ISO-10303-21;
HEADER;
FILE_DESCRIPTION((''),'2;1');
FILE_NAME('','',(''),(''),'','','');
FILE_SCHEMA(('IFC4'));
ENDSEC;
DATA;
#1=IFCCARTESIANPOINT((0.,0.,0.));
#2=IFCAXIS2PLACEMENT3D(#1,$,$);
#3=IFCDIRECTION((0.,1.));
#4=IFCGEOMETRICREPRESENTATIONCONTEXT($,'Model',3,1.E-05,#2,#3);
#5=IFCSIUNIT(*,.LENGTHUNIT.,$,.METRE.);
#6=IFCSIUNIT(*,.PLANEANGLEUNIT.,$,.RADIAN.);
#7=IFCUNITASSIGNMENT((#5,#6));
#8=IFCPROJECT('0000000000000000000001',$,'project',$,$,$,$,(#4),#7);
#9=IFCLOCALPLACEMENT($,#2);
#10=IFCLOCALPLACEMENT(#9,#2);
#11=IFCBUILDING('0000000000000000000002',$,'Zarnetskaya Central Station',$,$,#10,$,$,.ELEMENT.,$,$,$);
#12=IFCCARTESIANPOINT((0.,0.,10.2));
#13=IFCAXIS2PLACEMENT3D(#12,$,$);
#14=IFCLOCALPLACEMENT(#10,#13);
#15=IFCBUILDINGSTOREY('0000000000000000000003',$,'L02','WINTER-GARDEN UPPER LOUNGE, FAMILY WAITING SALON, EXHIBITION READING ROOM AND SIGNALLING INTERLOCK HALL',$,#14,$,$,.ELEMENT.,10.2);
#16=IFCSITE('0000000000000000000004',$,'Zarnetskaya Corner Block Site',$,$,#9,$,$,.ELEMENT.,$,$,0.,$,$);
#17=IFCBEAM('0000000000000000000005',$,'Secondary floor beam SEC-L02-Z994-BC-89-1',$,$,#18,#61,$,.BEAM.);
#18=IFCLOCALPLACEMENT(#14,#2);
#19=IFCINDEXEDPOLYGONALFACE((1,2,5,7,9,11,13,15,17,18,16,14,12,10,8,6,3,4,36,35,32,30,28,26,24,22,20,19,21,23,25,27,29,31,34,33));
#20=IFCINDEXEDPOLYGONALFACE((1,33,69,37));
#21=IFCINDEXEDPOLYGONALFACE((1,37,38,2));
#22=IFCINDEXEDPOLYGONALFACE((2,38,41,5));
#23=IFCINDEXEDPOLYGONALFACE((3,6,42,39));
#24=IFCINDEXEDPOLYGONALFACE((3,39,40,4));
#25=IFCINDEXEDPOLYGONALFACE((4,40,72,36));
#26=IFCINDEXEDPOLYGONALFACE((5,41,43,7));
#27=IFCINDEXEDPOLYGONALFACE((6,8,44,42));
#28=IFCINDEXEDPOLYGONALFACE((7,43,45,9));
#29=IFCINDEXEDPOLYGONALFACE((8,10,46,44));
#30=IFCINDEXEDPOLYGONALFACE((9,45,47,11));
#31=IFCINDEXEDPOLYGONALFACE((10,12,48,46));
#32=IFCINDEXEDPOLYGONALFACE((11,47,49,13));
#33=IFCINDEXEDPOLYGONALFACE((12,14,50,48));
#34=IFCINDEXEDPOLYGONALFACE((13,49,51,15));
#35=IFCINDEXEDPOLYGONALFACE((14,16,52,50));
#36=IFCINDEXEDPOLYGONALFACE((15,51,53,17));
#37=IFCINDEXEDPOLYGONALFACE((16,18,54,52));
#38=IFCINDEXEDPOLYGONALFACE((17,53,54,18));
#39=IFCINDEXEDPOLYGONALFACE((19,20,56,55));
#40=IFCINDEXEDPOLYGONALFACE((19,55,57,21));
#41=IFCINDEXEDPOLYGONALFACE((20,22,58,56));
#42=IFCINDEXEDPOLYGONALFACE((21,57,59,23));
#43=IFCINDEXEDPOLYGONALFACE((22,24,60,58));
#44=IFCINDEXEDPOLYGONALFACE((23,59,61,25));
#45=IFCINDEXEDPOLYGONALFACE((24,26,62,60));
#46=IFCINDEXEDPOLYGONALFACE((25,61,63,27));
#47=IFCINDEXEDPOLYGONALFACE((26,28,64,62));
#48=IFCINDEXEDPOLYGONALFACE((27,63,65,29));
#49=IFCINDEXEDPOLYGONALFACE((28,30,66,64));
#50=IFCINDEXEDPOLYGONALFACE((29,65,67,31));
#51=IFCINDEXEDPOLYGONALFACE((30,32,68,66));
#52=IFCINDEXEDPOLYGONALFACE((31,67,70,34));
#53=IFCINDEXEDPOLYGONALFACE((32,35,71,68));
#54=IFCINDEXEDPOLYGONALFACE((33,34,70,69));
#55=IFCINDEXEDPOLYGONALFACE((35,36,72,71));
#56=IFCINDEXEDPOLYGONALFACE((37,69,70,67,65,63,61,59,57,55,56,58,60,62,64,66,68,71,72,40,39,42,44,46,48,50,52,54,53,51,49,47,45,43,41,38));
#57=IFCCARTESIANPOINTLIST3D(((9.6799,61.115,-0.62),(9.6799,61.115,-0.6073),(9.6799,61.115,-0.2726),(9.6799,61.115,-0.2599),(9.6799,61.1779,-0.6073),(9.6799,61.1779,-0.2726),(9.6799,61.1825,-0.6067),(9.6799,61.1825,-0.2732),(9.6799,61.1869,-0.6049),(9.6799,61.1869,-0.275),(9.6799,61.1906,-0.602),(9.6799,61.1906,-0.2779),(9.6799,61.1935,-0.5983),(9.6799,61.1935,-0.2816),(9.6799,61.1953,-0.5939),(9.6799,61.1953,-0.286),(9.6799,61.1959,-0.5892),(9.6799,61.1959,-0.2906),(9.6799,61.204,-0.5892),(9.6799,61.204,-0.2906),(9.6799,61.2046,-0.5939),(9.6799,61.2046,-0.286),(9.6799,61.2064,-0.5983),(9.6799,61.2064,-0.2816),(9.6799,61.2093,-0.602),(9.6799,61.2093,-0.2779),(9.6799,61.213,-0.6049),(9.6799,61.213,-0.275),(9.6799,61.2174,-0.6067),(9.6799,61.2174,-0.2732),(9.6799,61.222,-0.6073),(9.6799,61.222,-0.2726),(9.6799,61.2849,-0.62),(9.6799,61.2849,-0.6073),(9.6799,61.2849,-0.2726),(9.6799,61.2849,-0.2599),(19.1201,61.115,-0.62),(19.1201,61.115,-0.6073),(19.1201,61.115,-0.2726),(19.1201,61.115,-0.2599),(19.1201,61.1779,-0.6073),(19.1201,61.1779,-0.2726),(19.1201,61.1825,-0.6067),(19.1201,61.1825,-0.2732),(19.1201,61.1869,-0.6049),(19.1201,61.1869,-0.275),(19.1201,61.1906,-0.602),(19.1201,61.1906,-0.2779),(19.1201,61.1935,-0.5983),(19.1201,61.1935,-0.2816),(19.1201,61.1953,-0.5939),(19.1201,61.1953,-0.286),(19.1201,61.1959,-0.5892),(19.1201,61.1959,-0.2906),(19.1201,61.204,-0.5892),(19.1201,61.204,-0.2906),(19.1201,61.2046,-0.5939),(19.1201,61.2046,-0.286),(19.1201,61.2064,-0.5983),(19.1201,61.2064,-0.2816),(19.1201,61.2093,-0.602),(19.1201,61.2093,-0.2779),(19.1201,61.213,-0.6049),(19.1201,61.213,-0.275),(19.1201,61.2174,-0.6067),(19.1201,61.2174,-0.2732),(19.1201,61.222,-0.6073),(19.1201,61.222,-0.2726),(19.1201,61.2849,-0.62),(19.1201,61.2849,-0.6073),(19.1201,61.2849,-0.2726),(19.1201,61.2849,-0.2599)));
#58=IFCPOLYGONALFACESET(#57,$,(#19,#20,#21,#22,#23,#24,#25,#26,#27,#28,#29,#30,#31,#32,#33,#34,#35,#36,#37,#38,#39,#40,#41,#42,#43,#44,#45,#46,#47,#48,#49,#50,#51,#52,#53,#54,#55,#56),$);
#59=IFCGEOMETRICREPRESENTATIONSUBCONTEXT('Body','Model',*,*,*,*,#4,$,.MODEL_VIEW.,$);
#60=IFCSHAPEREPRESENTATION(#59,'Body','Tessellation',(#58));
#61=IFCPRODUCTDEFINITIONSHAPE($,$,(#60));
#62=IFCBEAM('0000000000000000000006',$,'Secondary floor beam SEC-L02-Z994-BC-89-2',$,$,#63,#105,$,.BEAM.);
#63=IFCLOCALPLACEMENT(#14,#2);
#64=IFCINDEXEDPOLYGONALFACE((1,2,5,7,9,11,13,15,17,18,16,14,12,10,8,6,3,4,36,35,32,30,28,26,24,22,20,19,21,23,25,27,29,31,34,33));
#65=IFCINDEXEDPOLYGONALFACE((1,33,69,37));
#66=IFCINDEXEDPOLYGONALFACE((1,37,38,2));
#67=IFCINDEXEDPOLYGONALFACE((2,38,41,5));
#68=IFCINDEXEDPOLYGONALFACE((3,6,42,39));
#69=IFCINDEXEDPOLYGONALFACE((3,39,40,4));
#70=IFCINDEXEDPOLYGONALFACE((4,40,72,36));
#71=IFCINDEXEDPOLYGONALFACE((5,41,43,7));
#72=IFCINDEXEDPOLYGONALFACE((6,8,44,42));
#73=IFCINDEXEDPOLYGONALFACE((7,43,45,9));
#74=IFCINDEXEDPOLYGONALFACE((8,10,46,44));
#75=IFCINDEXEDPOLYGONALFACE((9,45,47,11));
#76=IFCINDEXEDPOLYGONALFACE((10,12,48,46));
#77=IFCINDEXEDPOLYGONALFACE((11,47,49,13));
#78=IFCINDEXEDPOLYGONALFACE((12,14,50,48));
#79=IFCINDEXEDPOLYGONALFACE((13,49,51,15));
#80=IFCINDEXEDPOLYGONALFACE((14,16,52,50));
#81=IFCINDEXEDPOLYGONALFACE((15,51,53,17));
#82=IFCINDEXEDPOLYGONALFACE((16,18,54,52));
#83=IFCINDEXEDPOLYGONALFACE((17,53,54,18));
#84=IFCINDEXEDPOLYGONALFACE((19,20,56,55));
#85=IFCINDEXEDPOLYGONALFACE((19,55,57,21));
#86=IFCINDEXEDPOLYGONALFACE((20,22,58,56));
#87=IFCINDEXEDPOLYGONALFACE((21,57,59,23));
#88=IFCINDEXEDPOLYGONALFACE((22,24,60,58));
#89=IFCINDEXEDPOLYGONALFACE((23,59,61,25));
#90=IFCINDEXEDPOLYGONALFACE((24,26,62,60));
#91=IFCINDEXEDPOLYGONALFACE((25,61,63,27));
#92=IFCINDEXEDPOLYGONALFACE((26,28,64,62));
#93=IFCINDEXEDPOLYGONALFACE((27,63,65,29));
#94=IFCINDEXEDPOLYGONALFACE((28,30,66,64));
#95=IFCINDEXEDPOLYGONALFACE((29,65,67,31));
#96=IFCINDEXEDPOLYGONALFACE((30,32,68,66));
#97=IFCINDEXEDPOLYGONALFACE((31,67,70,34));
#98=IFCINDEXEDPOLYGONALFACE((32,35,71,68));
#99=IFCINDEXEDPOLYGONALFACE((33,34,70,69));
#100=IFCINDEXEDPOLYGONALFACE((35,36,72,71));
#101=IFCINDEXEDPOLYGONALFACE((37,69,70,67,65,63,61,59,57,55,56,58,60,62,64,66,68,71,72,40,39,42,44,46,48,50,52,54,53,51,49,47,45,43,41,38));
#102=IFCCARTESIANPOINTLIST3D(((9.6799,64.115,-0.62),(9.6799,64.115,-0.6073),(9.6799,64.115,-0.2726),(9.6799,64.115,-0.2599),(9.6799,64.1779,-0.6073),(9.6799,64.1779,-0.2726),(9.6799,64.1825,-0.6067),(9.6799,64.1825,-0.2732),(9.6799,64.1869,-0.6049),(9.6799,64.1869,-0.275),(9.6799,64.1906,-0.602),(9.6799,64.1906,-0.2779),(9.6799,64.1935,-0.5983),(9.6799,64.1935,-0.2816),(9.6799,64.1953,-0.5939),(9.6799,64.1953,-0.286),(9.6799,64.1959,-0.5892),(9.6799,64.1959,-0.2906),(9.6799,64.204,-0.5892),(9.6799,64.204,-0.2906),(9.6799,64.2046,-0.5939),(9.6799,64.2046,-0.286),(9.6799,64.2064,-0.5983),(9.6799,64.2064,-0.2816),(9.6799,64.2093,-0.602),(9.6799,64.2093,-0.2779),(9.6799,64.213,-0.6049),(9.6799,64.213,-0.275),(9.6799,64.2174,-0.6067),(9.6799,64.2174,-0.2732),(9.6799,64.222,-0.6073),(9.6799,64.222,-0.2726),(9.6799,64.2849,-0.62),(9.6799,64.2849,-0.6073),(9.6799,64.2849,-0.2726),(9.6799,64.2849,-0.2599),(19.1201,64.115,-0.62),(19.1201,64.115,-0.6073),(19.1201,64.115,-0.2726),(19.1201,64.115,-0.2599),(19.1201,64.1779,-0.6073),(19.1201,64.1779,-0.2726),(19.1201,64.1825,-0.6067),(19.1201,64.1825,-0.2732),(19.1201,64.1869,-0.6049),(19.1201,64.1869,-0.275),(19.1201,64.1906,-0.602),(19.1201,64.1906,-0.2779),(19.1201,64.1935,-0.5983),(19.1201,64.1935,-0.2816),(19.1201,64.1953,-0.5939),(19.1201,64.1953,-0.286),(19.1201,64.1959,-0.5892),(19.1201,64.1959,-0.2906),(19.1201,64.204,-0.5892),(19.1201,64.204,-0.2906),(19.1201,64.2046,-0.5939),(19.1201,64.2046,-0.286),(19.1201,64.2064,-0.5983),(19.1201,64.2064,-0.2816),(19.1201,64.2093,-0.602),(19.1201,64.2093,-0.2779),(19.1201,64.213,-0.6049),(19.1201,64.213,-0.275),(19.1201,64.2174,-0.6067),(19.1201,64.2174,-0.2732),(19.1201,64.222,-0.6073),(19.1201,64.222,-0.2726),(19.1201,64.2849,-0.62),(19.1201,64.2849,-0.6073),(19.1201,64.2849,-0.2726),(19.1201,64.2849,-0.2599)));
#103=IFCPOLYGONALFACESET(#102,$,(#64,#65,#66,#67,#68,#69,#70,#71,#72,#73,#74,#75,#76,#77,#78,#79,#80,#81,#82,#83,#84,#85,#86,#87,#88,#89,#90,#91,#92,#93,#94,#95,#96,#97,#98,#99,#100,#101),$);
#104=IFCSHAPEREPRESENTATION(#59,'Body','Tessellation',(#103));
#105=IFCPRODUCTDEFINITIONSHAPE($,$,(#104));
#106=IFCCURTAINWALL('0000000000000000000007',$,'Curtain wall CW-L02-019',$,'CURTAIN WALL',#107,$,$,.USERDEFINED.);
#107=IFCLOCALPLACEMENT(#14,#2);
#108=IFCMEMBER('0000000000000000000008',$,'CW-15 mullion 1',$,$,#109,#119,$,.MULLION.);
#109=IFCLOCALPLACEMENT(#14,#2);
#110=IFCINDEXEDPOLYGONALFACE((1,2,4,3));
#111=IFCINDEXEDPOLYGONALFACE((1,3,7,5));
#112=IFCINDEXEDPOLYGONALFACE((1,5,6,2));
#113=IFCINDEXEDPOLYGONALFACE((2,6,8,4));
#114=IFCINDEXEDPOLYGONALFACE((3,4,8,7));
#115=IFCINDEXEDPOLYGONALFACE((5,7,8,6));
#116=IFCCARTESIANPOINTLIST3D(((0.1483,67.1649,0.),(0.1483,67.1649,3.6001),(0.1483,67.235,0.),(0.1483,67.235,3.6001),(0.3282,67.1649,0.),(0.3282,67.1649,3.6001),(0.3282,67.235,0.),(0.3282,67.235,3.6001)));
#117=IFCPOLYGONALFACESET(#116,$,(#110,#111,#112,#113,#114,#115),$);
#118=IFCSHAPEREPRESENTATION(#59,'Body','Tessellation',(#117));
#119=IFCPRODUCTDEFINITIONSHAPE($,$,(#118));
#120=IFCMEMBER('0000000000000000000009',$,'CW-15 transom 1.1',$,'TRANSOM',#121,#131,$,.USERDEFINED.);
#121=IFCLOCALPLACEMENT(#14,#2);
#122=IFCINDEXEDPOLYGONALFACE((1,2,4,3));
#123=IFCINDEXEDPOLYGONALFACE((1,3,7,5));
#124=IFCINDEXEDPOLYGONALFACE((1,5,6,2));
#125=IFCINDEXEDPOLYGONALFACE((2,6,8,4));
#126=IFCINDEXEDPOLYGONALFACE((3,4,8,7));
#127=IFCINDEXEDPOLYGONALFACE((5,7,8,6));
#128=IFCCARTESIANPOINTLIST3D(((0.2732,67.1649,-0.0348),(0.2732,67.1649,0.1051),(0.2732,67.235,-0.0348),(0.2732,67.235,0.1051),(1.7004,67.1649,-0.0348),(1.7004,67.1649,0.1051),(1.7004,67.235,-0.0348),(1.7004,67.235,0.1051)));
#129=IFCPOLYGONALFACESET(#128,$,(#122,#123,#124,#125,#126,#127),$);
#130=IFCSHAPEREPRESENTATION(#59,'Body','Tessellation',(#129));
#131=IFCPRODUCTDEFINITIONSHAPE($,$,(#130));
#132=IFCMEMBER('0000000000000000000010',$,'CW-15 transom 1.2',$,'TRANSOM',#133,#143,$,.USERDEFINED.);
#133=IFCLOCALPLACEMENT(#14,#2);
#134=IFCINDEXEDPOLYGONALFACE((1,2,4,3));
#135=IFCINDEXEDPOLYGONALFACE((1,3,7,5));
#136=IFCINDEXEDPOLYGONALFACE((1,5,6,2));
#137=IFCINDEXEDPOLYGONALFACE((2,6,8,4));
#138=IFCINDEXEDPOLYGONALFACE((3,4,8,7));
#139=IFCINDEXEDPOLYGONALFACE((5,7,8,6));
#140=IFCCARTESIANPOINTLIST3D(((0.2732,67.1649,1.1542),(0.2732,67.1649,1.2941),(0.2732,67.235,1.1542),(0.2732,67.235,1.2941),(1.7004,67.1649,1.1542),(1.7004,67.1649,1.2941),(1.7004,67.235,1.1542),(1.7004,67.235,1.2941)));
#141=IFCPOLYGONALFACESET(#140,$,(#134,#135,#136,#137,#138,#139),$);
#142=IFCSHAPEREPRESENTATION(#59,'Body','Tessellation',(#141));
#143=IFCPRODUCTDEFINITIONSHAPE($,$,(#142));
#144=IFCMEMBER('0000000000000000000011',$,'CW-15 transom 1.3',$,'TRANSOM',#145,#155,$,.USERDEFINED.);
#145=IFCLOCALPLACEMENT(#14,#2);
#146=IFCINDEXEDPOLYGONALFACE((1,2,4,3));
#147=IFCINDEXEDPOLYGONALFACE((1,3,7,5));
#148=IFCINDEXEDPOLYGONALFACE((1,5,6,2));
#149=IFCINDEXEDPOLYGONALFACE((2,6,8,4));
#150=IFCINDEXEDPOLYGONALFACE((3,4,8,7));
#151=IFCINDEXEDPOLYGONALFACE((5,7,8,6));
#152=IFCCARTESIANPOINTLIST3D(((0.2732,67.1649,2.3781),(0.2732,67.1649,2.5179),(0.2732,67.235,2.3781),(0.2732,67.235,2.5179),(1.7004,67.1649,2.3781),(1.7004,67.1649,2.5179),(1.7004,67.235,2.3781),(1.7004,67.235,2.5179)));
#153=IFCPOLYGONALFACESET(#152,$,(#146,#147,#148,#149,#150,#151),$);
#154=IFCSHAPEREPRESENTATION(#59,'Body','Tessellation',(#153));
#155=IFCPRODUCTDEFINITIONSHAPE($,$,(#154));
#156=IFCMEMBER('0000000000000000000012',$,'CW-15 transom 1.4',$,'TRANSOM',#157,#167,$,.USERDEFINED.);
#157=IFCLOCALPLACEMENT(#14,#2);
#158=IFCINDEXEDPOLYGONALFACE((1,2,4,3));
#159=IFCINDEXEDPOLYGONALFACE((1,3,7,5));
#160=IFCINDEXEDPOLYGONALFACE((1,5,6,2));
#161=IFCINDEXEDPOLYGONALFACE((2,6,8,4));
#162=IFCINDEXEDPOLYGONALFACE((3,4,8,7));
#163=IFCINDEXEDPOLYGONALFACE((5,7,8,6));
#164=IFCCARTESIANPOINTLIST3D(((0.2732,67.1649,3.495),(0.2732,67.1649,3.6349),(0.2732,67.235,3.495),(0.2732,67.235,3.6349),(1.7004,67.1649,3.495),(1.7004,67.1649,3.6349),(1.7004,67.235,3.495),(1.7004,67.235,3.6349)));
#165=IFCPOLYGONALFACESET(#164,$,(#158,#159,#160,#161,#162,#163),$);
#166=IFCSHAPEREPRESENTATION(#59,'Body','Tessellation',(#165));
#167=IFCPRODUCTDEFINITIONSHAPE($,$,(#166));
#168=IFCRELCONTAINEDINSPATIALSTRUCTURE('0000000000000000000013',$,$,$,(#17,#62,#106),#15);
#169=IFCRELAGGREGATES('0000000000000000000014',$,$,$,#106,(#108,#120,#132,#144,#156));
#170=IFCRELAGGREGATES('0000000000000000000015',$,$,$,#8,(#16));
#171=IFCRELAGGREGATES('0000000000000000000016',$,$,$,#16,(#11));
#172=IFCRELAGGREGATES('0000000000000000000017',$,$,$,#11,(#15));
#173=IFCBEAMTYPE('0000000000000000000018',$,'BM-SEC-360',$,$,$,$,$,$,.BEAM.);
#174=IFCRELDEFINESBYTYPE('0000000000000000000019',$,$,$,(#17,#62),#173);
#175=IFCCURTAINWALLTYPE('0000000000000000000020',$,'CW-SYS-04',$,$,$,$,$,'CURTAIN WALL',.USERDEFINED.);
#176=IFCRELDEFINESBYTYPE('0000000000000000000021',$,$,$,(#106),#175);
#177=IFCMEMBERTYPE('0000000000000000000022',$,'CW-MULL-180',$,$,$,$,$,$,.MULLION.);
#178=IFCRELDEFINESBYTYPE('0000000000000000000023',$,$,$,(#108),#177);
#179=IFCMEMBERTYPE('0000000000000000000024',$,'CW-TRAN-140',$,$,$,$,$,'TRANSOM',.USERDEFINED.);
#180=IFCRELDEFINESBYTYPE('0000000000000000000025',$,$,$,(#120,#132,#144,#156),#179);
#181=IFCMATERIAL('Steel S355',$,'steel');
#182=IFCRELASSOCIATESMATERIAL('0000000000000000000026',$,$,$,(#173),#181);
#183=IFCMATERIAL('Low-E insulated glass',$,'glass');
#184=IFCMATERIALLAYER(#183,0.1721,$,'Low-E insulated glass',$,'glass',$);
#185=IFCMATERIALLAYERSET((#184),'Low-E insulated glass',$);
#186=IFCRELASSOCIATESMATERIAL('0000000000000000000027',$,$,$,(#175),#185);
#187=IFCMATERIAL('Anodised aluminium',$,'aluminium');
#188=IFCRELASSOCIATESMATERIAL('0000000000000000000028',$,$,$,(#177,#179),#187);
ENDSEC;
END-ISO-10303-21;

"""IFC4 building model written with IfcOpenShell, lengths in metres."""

from ifc_helpers import new_model, si_unit, direction, frame, origin, origin_2d, place, context, subcontext, project, spatial, rectangle, i_section, extrude, material, layer, layer_set, material_profile, profile_set, type_object, element, aggregate, save


model = new_model("IFC4")

# Units and contexts
model_context = context("Model", 3, precision=1e-05, world=origin(), true_north=direction((0.0, 1.0)))
body_context = subcontext(model_context, "Body", "Model", "MODEL_VIEW")
ifc_project = project(units=[si_unit("LENGTHUNIT", "METRE"), si_unit("PLANEANGLEUNIT", "RADIAN")], contexts=[model_context])

# Site, building, storey
site_placement = place(None, origin())
site = spatial("IfcSite", under=ifc_project, at=site_placement, Name="Zarnetskaya Corner Block Site", CompositionType="ELEMENT", RefElevation=0.0)
building_placement = place(site_placement, origin())
building = spatial("IfcBuilding", under=site, at=building_placement, Name="Zarnetskaya Central Station", CompositionType="ELEMENT")
storey_placement = place(building_placement, frame((0.0, 0.0, 10.2)))
storey = spatial("IfcBuildingStorey", under=building, at=storey_placement, Name="L02", Description="WINTER-GARDEN UPPER LOUNGE, FAMILY WAITING SALON, EXHIBITION READING ROOM AND SIGNALLING INTERLOCK HALL", CompositionType="ELEMENT", Elevation=10.2)

# Shared definitions
ifc_material_1 = material(Name="Steel S355", Category="steel")

# Beams
ifc_material_profile_1 = material_profile(ifc_material_1, i_section(OverallWidth=0.1699, OverallDepth=0.3601, WebThickness=0.0081, FlangeThickness=0.0127, FilletRadius=0.0181, at=origin_2d()), Name="IPE 360")
ifc_profile_set_1 = profile_set([ifc_material_profile_1], Name="Steel S355")
beam_type_1 = type_object("IfcBeamType", Name="BM-SEC-360", PredefinedType="BEAM", material=ifc_profile_set_1)
for number, where, z_axis, x_axis, name in (
    (1, (9.6799, 61.2, -0.4399), (1.0, 0.0, 0.0), (0.0, 1.0, 0.0), "Secondary floor beam SEC-L02-Z994-BC-89-1"),
    (2, (9.6799, 64.2, -0.4399), (1.0, 0.0, 0.0), (0.0, 1.0, 0.0), "Secondary floor beam SEC-L02-Z994-BC-89-2"),
):
    element("IfcBeam", number, at=place(storey_placement, frame(where, z_axis=z_axis, x_axis=x_axis)), inside=storey, type_object=beam_type_1, Name=name, PredefinedType="BEAM", context=body_context, shape_type="SweptSolid", body=[
        extrude(i_section(OverallWidth=0.1699, OverallDepth=0.3601, WebThickness=0.0081, FlangeThickness=0.0127, FilletRadius=0.0181, at=origin_2d()), origin(), (0.0, 0.0, 1.0), 9.4402),
    ])

# Curtain wall, members
ifc_material_2 = material(Name="Low-E insulated glass", Category="glass")
ifc_layer_1 = layer(ifc_material_2, 0.1721, Name="Low-E insulated glass", Category="glass")
ifc_layer_set_1 = layer_set([ifc_layer_1], Name="Low-E insulated glass")
curtain_wall_type = type_object("IfcCurtainWallType", Name="CW-SYS-04", ElementType="CURTAIN WALL", PredefinedType="USERDEFINED", material=ifc_layer_set_1)
curtain_wall_placement = place(storey_placement, origin())
curtain_wall = element("IfcCurtainWall", 3, at=curtain_wall_placement, inside=storey, type_object=curtain_wall_type, Name="Curtain wall CW-L02-019", ObjectType="CURTAIN WALL", PredefinedType="USERDEFINED")
ifc_material_3 = material(Name="Anodised aluminium", Category="aluminium")
ifc_material_profile_2 = material_profile(ifc_material_3, rectangle(XDim=0.0701, YDim=0.1799, at=origin_2d()), Name="ALU MULL 70x180")
ifc_profile_set_2 = profile_set([ifc_material_profile_2], Name="Anodised aluminium")
member_type_1 = type_object("IfcMemberType", Name="CW-MULL-180", PredefinedType="MULLION", material=ifc_profile_set_2)
member_1_placement = place(storey_placement, frame((0.2383, 67.2, 0.0), z_axis=(0.0, 0.0, 1.0), x_axis=(0.0, 1.0, 0.0)))
member_1 = element("IfcMember", 4, at=member_1_placement, type_object=member_type_1, Name="CW-15 mullion 1", PredefinedType="MULLION", context=body_context, shape_type="SweptSolid", body=[
    extrude(rectangle(XDim=0.0701, YDim=0.1799, at=origin_2d()), origin(), (0.0, 0.0, 1.0), 3.6001),
])
ifc_material_profile_3 = material_profile(ifc_material_3, rectangle(XDim=0.0701, YDim=0.1399, at=origin_2d()), Name="ALU TRAN 70x140")
ifc_profile_set_3 = profile_set([ifc_material_profile_3], Name="Anodised aluminium")
member_type_2 = type_object("IfcMemberType", Name="CW-TRAN-140", ElementType="TRANSOM", PredefinedType="USERDEFINED", material=ifc_profile_set_3)
member_2_placement = place(storey_placement, frame((0.2732, 67.2, 0.0352), z_axis=(1.0, 0.0, 0.0), x_axis=(0.0, 1.0, 0.0)))
member_2 = element("IfcMember", 5, at=member_2_placement, type_object=member_type_2, Name="CW-15 transom 1.1", ObjectType="TRANSOM", PredefinedType="USERDEFINED", context=body_context, shape_type="SweptSolid", body=[
    extrude(rectangle(XDim=0.0701, YDim=0.1399, at=origin_2d()), origin(), (0.0, 0.0, 1.0), 1.4272),
])
member_3_placement = place(storey_placement, frame((0.2732, 67.2, 1.2241), z_axis=(1.0, 0.0, 0.0), x_axis=(0.0, 1.0, 0.0)))
member_3 = element("IfcMember", 6, at=member_3_placement, type_object=member_type_2, Name="CW-15 transom 1.2", ObjectType="TRANSOM", PredefinedType="USERDEFINED", context=body_context, shape_type="SweptSolid", body=[
    extrude(rectangle(XDim=0.0701, YDim=0.1399, at=origin_2d()), origin(), (0.0, 0.0, 1.0), 1.4272),
])
member_4_placement = place(storey_placement, frame((0.2732, 67.2, 2.448), z_axis=(1.0, 0.0, 0.0), x_axis=(0.0, 1.0, 0.0)))
member_4 = element("IfcMember", 7, at=member_4_placement, type_object=member_type_2, Name="CW-15 transom 1.3", ObjectType="TRANSOM", PredefinedType="USERDEFINED", context=body_context, shape_type="SweptSolid", body=[
    extrude(rectangle(XDim=0.0701, YDim=0.1399, at=origin_2d()), origin(), (0.0, 0.0, 1.0), 1.4272),
])
member_5_placement = place(storey_placement, frame((0.2732, 67.2, 3.5649), z_axis=(1.0, 0.0, 0.0), x_axis=(0.0, 1.0, 0.0)))
member_5 = element("IfcMember", 8, at=member_5_placement, type_object=member_type_2, Name="CW-15 transom 1.4", ObjectType="TRANSOM", PredefinedType="USERDEFINED", context=body_context, shape_type="SweptSolid", body=[
    extrude(rectangle(XDim=0.0701, YDim=0.1399, at=origin_2d()), origin(), (0.0, 0.0, 1.0), 1.4272),
])

aggregate(curtain_wall, [member_1, member_2, member_3, member_4, member_5])

save(model, "model.ifc")
